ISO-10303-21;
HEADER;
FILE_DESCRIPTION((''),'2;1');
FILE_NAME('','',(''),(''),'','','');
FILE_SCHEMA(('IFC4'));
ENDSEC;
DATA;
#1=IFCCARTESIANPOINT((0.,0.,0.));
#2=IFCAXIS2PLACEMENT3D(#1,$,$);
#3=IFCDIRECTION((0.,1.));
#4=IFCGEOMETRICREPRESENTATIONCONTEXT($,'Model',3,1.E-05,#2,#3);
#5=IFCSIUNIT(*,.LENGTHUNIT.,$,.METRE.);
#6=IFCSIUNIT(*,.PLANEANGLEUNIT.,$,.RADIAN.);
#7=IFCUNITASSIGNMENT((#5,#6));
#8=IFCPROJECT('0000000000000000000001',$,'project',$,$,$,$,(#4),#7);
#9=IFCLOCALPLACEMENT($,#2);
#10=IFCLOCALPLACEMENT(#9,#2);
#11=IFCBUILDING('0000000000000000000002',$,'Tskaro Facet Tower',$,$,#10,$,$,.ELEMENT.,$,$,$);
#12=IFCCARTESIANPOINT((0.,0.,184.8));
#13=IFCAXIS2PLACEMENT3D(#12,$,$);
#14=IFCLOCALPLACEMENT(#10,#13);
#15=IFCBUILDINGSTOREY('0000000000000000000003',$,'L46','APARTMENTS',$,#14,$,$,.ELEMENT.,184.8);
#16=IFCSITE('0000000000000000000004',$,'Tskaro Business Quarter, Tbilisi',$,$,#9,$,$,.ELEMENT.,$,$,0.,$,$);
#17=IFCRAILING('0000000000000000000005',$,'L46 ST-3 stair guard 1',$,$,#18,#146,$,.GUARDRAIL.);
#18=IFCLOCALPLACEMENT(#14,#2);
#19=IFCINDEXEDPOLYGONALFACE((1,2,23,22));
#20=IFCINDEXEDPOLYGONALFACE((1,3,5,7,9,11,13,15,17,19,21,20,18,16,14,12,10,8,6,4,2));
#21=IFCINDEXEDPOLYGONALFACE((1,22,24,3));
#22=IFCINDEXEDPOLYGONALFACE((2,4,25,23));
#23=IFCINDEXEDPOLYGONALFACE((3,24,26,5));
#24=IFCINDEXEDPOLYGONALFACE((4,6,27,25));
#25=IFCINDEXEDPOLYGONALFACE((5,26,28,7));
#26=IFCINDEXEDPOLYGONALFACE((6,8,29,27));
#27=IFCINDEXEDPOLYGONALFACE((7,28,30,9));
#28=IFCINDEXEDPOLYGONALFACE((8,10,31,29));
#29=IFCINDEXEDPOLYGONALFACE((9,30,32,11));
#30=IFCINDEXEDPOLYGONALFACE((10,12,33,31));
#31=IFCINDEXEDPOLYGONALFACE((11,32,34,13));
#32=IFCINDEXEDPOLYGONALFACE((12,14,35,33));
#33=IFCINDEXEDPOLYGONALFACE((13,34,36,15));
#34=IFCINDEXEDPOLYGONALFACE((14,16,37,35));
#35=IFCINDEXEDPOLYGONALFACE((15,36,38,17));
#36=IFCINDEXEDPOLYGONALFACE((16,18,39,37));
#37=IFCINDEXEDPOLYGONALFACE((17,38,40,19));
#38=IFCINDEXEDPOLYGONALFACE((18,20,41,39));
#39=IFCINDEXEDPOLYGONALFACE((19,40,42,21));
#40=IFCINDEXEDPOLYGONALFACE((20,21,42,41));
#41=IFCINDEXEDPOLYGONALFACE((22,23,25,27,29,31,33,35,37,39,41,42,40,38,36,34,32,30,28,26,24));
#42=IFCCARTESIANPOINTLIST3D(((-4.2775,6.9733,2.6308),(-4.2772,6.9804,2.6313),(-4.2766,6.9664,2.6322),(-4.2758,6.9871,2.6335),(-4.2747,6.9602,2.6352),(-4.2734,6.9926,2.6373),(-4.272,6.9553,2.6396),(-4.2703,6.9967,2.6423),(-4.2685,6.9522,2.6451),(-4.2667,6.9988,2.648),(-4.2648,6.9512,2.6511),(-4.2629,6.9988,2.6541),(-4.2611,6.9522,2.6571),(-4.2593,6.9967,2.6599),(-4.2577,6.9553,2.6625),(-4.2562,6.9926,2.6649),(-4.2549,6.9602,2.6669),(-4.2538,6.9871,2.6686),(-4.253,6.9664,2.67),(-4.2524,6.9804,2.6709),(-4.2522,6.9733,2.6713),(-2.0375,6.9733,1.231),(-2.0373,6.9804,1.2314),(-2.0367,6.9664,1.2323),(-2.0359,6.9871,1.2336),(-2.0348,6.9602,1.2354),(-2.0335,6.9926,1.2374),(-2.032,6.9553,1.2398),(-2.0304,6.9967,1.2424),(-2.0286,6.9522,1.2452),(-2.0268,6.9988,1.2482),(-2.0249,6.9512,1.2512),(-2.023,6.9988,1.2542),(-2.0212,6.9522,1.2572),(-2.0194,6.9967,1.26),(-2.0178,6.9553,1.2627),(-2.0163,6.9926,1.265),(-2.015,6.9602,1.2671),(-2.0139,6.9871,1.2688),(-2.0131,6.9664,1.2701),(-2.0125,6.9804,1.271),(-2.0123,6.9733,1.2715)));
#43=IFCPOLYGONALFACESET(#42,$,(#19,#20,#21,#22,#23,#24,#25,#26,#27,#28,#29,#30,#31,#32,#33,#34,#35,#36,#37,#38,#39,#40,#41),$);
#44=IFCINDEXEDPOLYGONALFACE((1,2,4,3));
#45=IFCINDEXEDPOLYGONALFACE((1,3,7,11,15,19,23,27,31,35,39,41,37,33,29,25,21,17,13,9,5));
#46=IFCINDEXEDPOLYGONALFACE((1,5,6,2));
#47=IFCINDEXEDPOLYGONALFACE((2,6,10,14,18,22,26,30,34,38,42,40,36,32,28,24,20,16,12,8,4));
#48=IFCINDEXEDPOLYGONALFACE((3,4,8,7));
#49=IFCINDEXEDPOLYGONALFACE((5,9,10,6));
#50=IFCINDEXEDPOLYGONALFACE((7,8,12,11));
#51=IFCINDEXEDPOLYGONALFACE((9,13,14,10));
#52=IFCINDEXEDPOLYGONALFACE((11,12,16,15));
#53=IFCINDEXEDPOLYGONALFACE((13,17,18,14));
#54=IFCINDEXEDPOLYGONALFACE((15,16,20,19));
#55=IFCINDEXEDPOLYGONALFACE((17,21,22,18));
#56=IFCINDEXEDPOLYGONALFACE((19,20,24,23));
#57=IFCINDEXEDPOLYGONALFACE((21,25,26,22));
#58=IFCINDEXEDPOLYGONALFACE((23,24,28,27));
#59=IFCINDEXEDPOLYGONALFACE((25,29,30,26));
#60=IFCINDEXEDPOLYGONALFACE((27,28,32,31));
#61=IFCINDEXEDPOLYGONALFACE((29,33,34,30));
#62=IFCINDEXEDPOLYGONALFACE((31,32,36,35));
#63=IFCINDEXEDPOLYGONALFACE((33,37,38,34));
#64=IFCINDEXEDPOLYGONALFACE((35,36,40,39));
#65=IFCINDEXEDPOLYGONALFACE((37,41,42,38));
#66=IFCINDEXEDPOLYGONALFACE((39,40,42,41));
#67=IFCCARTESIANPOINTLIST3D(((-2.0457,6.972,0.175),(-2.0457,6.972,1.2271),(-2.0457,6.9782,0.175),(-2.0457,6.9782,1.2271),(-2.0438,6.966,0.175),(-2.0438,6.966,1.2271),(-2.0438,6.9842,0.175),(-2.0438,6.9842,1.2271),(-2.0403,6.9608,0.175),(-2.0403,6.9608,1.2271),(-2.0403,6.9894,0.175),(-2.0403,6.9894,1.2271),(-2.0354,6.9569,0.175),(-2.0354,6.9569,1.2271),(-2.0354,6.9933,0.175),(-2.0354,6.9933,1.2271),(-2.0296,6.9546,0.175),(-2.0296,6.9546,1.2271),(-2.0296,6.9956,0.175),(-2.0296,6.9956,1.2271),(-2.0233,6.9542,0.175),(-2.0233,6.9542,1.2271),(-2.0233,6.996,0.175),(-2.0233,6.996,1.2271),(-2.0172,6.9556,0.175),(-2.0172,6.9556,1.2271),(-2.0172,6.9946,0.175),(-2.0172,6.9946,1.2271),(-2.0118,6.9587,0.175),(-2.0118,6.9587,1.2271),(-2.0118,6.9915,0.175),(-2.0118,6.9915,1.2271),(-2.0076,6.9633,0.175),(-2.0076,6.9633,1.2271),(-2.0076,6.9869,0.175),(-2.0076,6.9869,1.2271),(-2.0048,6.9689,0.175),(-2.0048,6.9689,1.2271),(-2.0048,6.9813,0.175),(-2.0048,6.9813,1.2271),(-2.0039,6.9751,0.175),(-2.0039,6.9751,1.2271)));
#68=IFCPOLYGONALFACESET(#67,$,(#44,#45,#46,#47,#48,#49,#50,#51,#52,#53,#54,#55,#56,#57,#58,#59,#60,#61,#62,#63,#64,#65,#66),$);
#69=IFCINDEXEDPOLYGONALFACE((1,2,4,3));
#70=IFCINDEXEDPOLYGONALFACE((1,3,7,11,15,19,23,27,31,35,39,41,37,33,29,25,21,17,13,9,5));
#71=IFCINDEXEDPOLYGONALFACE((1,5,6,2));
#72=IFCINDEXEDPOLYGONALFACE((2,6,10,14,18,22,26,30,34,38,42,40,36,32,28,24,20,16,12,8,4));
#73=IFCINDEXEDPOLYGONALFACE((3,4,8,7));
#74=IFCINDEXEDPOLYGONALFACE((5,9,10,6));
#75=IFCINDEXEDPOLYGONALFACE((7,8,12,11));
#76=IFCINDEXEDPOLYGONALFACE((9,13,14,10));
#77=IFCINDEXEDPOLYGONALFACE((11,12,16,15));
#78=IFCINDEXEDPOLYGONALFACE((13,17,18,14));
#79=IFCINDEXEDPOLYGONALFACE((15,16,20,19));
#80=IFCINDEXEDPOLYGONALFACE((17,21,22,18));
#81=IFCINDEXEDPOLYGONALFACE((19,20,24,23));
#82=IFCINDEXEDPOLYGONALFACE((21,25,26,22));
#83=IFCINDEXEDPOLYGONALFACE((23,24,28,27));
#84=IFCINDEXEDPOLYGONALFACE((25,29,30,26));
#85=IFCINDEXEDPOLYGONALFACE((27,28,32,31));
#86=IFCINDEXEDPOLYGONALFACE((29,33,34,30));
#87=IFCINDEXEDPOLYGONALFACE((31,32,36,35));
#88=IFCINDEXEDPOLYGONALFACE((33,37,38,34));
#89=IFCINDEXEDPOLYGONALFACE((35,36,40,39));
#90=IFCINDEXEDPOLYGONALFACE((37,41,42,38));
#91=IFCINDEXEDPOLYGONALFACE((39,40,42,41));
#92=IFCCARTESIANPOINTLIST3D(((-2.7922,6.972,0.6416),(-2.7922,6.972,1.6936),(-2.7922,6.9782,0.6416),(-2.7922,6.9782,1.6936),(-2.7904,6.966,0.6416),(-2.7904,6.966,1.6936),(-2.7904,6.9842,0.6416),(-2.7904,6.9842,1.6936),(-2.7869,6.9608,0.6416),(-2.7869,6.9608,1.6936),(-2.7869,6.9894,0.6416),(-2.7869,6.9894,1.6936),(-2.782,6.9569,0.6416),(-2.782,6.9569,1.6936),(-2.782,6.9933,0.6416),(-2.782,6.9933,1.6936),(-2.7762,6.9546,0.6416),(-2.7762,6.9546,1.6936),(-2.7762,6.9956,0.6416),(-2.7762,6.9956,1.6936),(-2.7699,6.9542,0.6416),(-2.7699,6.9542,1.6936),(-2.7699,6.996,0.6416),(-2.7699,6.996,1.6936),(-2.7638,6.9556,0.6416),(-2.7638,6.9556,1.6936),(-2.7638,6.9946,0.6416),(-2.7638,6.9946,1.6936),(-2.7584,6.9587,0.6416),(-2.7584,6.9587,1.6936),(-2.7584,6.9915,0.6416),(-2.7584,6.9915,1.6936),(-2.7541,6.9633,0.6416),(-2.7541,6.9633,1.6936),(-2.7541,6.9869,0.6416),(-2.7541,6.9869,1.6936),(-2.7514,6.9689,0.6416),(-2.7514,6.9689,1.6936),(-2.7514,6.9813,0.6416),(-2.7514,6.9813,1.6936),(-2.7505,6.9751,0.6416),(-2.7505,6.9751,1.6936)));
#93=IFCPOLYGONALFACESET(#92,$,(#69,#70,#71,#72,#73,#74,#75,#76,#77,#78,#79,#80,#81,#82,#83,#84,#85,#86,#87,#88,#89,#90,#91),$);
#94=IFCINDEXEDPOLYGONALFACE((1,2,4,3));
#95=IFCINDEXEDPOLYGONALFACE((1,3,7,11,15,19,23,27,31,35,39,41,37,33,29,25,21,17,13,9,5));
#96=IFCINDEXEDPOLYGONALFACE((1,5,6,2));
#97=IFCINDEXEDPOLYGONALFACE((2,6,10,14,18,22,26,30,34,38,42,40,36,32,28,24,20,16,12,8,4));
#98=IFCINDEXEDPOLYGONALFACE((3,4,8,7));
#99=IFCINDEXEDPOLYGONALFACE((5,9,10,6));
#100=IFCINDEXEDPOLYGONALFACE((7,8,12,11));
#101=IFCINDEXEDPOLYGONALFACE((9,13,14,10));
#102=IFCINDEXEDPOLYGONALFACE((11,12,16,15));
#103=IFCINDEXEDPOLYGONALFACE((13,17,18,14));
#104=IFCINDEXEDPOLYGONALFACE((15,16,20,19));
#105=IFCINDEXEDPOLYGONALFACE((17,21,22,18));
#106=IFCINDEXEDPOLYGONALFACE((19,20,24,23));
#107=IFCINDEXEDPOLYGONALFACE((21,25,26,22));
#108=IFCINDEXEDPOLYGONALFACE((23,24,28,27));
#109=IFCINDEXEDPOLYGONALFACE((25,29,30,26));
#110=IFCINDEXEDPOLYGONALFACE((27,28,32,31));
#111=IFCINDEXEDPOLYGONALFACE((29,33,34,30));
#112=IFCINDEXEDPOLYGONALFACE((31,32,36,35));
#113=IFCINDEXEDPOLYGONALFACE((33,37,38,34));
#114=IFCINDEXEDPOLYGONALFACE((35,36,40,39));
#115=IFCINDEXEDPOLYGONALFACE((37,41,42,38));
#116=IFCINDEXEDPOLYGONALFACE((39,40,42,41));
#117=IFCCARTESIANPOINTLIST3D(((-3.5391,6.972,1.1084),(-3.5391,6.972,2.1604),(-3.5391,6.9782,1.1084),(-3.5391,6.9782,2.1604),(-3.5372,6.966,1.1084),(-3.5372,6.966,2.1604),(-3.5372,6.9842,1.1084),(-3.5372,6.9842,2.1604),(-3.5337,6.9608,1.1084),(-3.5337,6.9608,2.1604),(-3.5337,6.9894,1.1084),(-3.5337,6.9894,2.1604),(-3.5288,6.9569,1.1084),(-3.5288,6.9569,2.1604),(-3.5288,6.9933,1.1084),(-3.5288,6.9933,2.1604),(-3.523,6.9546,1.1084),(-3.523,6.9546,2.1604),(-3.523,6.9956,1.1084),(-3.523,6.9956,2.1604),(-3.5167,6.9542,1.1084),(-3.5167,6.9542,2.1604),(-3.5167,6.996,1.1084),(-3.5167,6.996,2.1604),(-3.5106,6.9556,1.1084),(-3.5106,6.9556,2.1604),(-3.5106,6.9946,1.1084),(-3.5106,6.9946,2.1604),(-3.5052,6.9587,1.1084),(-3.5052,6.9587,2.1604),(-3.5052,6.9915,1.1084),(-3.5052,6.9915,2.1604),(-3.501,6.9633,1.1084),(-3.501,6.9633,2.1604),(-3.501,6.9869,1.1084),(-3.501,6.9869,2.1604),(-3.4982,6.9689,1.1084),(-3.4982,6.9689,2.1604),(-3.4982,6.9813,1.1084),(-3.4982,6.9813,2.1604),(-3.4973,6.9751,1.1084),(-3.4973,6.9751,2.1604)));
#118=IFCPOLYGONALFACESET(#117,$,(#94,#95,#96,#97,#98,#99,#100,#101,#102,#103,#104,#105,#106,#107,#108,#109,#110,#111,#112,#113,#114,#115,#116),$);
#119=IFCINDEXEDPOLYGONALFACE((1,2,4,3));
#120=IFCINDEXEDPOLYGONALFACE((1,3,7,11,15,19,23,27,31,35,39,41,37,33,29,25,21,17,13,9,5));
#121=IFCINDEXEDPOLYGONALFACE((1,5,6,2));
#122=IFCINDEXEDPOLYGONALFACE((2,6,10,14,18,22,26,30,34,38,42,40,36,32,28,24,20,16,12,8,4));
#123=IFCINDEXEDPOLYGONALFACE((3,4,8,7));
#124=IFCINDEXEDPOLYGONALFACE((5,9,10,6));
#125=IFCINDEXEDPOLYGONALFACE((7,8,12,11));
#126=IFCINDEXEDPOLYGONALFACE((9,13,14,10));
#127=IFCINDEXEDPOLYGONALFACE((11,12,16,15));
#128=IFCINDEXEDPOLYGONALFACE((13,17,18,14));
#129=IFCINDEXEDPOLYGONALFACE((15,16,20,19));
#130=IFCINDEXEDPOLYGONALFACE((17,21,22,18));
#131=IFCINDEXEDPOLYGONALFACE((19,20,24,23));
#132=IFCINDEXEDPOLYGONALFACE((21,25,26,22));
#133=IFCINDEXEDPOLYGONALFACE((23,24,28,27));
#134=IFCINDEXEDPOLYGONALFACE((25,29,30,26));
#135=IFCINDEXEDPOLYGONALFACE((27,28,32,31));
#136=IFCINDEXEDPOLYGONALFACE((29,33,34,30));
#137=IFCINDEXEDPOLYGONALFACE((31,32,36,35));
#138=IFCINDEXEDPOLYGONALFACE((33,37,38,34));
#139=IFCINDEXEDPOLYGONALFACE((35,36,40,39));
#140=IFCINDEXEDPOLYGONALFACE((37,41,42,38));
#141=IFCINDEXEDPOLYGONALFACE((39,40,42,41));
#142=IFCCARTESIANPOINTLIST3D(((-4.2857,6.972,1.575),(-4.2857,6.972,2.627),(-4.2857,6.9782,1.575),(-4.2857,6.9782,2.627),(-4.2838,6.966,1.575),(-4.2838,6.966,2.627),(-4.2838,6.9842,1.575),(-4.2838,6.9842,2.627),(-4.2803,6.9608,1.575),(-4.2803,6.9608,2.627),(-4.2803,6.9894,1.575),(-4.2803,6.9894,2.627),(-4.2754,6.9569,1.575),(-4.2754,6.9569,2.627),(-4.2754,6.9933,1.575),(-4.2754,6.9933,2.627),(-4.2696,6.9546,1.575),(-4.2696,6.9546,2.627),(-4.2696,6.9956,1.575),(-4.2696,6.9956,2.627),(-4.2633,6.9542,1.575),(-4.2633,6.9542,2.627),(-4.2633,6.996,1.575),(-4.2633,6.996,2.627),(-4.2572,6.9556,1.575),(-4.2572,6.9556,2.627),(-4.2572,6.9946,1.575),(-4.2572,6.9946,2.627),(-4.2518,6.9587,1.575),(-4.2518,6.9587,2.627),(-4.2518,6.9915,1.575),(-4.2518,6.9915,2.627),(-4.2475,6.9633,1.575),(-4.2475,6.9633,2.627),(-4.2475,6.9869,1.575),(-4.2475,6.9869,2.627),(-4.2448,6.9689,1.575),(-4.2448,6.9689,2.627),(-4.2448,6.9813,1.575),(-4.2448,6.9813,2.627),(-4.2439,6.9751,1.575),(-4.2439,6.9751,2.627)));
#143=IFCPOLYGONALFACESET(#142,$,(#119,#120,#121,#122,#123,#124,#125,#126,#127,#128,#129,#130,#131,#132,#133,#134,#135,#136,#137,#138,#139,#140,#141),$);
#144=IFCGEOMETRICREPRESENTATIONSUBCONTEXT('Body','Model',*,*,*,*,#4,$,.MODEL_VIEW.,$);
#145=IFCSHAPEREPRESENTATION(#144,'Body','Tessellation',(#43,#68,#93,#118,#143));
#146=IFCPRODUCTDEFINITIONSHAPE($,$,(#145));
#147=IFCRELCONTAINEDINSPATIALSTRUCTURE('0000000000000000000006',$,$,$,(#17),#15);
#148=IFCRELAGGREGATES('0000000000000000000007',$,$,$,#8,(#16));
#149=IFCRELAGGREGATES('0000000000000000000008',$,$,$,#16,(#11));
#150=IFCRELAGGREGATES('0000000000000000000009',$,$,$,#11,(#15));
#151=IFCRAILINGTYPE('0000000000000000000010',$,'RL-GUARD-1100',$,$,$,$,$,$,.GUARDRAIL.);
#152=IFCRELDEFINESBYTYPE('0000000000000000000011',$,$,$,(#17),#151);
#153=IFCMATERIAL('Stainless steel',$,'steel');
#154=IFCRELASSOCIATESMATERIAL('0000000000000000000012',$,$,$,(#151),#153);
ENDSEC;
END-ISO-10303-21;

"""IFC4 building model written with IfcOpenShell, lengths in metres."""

from ifc_helpers import new_model, si_unit, direction, frame, origin, origin_2d, place, context, subcontext, project, spatial, circle, extrude, material, type_object, element, save


model = new_model("IFC4")

# Units and contexts
model_context = context("Model", 3, precision=1e-05, world=origin(), true_north=direction((0.0, 1.0)))
body_context = subcontext(model_context, "Body", "Model", "MODEL_VIEW")
ifc_project = project(units=[si_unit("LENGTHUNIT", "METRE"), si_unit("PLANEANGLEUNIT", "RADIAN")], contexts=[model_context])

# Site, building, storey
site_placement = place(None, origin())
site = spatial("IfcSite", under=ifc_project, at=site_placement, Name="Tskaro Business Quarter, Tbilisi", CompositionType="ELEMENT", RefElevation=0.0)
building_placement = place(site_placement, origin())
building = spatial("IfcBuilding", under=site, at=building_placement, Name="Tskaro Facet Tower", CompositionType="ELEMENT")
storey_placement = place(building_placement, frame((0.0, 0.0, 184.8)))
storey = spatial("IfcBuildingStorey", under=building, at=storey_placement, Name="L46", Description="APARTMENTS", CompositionType="ELEMENT", Elevation=184.8)

# Railing
ifc_material_1 = material(Name="Stainless steel", Category="steel")
railing_type_1 = type_object("IfcRailingType", Name="RL-GUARD-1100", PredefinedType="GUARDRAIL", material=ifc_material_1)
railing_1_placement = place(storey_placement, frame((-2.0249, 6.9751, 0.175)))
element("IfcRailing", 1, at=railing_1_placement, inside=storey, type_object=railing_type_1, Name="L46 ST-3 stair guard 1", PredefinedType="GUARDRAIL", context=body_context, shape_type="SweptSolid", body=[
    extrude(circle(Radius=0.0239, at=origin_2d()), frame((0.0, 0.0, 1.0762), z_axis=(-0.848014, 0.0, 0.529974), x_axis=(0.0, -1.0, 0.0)), (0.0, 0.0, 1.0), 2.6414),
    extrude(circle(Radius=0.021, at=origin_2d()), origin(), (0.0, 0.0, 1.0), 1.052),
    extrude(circle(Radius=0.021, at=origin_2d()), frame((-0.7466, 0.0, 0.4666)), (0.0, 0.0, 1.0), 1.052),
    extrude(circle(Radius=0.021, at=origin_2d()), frame((-1.4934, 0.0, 0.9333)), (0.0, 0.0, 1.0), 1.052),
    extrude(circle(Radius=0.021, at=origin_2d()), frame((-2.24, 0.0, 1.3999)), (0.0, 0.0, 1.0), 1.052),
])

save(model, "model.ifc")
